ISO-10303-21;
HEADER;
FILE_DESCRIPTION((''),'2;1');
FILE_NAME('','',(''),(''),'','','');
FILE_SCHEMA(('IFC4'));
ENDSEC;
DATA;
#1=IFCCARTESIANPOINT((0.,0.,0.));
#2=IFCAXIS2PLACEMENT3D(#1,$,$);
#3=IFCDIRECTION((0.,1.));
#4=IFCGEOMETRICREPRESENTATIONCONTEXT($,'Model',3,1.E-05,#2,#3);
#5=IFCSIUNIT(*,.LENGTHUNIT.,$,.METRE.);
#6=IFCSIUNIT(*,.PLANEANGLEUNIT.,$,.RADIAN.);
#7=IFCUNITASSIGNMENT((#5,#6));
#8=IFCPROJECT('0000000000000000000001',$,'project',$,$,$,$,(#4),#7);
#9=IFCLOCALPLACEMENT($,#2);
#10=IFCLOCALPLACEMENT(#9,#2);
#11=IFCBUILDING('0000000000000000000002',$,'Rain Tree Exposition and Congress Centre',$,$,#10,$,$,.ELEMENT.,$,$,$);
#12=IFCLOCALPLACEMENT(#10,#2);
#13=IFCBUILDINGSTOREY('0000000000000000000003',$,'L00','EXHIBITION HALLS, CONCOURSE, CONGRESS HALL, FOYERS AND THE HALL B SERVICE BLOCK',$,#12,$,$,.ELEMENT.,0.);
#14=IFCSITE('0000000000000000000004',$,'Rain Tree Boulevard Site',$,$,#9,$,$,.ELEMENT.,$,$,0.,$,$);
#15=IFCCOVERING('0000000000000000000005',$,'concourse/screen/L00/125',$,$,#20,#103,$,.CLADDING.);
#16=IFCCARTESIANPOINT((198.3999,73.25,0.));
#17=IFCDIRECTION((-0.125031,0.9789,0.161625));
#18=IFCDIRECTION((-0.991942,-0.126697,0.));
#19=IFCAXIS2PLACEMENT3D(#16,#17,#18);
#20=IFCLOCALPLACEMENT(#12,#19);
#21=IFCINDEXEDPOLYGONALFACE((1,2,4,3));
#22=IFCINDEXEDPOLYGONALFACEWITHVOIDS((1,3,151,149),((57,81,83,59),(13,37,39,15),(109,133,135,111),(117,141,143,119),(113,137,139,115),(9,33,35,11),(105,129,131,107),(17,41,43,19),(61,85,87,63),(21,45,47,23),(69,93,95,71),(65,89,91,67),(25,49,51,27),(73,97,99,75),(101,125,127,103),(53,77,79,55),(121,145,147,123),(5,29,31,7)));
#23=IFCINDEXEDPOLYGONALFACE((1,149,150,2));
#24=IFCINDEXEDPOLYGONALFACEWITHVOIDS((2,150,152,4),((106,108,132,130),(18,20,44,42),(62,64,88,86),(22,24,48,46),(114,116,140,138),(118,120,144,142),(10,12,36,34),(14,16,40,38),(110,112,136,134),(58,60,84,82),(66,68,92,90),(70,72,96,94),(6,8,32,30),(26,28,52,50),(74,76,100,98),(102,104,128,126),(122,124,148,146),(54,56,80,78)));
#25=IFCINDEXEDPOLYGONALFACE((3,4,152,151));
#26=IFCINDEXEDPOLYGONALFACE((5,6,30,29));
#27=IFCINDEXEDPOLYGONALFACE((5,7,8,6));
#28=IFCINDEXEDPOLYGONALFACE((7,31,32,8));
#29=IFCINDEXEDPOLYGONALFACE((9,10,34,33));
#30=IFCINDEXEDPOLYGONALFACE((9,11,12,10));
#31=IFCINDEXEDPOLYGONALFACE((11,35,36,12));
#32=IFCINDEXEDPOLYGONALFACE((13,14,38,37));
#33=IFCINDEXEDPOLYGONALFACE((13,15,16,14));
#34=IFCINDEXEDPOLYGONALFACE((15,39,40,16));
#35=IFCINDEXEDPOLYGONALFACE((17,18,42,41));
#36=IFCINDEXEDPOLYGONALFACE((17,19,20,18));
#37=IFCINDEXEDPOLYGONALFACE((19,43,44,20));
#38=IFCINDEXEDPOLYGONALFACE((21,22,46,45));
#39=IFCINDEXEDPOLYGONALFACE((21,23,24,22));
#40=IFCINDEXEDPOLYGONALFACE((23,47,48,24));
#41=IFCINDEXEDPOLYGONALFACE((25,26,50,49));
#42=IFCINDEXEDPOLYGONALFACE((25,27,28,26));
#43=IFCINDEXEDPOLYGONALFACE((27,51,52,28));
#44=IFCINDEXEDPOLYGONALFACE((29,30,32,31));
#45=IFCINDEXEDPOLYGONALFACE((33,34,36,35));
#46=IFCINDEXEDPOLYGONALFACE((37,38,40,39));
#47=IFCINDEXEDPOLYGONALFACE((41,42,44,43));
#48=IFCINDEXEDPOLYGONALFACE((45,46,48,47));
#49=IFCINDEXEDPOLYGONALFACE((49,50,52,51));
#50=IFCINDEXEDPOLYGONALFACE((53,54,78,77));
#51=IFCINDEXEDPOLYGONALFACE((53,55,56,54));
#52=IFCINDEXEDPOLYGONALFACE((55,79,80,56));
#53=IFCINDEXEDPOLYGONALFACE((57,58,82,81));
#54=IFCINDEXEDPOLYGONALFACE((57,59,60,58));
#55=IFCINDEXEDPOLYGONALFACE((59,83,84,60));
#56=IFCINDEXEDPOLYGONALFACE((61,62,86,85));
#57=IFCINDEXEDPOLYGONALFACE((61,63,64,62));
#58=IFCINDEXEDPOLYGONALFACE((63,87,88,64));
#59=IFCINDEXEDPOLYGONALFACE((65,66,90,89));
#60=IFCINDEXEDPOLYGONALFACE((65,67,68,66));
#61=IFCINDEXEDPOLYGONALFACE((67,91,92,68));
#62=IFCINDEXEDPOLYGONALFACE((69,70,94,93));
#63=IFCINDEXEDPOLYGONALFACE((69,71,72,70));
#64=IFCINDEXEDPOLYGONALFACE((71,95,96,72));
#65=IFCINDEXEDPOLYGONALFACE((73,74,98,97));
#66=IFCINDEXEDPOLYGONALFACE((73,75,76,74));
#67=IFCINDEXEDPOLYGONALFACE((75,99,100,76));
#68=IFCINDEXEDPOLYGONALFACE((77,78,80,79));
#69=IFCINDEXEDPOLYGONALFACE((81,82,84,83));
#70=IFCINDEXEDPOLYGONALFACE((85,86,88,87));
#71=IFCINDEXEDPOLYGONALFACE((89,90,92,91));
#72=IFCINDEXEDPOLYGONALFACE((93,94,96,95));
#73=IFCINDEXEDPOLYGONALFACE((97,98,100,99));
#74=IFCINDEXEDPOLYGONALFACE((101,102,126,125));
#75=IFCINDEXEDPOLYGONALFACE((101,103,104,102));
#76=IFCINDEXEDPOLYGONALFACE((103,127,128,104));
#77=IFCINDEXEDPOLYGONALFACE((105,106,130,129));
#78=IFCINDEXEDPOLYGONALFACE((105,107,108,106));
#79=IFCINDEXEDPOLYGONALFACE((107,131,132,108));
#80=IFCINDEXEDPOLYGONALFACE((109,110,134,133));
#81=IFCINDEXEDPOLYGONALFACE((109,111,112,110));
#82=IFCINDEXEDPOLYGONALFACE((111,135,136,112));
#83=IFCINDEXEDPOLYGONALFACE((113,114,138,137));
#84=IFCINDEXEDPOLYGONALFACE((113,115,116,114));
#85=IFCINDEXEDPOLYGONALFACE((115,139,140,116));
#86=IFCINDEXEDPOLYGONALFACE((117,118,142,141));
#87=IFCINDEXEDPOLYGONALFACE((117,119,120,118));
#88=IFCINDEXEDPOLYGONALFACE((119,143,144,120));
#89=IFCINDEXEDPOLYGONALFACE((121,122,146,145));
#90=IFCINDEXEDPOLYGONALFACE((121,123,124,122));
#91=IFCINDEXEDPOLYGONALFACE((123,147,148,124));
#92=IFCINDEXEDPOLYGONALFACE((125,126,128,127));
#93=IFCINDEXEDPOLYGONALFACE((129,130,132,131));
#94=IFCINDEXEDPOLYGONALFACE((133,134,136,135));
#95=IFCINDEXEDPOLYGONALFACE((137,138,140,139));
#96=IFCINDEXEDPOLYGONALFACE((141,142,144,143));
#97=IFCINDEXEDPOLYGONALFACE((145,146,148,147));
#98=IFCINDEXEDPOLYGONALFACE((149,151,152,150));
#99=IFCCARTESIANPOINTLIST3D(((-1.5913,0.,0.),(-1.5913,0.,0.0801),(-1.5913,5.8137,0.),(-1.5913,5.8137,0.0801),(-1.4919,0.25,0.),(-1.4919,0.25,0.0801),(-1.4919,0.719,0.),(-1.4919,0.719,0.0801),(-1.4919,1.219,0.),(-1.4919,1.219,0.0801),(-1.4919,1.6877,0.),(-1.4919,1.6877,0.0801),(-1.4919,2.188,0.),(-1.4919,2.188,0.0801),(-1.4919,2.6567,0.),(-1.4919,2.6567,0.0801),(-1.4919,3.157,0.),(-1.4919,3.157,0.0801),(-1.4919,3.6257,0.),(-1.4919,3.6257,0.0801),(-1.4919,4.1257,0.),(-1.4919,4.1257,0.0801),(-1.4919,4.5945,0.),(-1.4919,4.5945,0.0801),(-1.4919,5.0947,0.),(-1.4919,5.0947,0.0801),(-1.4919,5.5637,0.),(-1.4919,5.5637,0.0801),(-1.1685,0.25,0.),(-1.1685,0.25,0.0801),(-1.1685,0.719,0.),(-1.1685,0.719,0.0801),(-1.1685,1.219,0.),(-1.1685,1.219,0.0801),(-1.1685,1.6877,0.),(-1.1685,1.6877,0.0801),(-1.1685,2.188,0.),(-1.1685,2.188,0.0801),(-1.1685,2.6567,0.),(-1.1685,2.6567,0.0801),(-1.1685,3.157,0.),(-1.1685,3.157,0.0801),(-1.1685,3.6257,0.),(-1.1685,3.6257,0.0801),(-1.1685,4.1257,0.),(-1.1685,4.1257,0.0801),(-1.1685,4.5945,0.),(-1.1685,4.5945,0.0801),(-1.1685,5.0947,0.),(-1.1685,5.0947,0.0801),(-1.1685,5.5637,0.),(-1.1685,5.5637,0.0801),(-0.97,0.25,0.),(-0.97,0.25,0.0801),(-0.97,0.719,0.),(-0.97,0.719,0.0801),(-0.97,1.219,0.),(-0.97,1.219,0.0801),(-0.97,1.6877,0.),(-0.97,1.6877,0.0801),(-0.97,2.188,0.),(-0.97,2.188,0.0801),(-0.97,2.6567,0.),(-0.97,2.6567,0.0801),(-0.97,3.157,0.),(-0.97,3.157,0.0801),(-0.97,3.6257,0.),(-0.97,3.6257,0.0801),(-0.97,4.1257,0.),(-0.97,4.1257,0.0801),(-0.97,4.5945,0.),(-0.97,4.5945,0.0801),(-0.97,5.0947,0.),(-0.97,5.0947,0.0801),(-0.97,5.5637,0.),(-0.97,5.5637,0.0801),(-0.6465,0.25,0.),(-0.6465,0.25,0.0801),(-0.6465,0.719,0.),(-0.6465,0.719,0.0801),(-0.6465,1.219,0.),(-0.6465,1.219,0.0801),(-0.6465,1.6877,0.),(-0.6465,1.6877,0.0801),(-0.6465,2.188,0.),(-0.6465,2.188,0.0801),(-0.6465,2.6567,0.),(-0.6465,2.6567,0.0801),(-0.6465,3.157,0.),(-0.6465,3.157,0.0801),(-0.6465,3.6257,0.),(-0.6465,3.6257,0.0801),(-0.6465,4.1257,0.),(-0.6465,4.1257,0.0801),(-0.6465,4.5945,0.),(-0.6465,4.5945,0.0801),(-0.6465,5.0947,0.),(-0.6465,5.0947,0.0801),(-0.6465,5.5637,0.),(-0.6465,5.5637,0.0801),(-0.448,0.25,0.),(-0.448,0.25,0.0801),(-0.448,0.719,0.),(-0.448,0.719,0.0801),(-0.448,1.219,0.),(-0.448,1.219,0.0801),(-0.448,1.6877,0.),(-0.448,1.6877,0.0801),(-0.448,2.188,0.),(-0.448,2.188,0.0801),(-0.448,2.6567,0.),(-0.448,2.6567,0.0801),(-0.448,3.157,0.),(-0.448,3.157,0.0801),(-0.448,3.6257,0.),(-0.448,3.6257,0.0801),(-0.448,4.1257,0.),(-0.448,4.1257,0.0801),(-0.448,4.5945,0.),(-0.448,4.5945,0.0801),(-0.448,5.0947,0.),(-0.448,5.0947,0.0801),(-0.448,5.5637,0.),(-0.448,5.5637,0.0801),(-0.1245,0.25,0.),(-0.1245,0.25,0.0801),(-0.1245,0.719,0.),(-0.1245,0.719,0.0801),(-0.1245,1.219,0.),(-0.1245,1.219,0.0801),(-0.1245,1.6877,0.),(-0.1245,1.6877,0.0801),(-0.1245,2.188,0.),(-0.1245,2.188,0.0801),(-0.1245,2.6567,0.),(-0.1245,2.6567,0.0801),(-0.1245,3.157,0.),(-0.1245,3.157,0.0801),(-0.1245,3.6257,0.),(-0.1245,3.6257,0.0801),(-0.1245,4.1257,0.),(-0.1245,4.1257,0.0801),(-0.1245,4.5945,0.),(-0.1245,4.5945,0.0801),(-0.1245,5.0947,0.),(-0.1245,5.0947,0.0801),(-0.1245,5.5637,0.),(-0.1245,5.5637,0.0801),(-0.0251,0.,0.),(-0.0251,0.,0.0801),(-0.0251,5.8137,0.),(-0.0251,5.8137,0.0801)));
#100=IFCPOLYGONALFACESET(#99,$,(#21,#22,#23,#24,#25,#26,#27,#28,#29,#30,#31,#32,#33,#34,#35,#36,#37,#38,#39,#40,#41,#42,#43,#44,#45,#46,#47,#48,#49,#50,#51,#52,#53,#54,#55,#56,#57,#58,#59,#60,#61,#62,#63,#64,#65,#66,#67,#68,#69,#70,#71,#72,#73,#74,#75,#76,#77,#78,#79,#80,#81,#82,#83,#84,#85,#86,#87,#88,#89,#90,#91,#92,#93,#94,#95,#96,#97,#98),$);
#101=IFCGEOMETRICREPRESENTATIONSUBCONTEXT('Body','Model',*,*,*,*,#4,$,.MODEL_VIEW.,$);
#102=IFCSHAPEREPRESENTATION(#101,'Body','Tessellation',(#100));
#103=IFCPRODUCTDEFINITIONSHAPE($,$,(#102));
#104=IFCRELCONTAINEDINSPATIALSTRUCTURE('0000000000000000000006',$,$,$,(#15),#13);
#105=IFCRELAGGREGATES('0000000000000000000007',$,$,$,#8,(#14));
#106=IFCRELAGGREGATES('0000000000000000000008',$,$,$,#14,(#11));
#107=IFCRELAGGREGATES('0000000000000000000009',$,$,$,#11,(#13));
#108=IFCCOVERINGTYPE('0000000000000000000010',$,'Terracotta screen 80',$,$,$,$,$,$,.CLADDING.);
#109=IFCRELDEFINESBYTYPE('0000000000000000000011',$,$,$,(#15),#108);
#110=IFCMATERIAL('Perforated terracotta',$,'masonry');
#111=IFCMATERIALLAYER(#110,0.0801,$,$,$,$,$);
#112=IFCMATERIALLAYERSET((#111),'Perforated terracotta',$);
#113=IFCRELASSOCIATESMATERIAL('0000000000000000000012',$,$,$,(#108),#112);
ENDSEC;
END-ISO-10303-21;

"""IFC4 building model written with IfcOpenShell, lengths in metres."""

from ifc_helpers import new_model, si_unit, direction, frame, origin, place, context, subcontext, project, spatial, polyline, outline, extrude, material, layer, layer_set, type_object, element, save


model = new_model("IFC4")

# Units and contexts
model_context = context("Model", 3, precision=1e-05, world=origin(), true_north=direction((0.0, 1.0)))
body_context = subcontext(model_context, "Body", "Model", "MODEL_VIEW")
ifc_project = project(units=[si_unit("LENGTHUNIT", "METRE"), si_unit("PLANEANGLEUNIT", "RADIAN")], contexts=[model_context])

# Site, building, storey
site_placement = place(None, origin())
site = spatial("IfcSite", under=ifc_project, at=site_placement, Name="Rain Tree Boulevard Site", CompositionType="ELEMENT", RefElevation=0.0)
building_placement = place(site_placement, origin())
building = spatial("IfcBuilding", under=site, at=building_placement, Name="Rain Tree Exposition and Congress Centre", CompositionType="ELEMENT")
storey_placement = place(building_placement, origin())
storey = spatial("IfcBuildingStorey", under=building, at=storey_placement, Name="L00", Description="EXHIBITION HALLS, CONCOURSE, CONGRESS HALL, FOYERS AND THE HALL B SERVICE BLOCK", CompositionType="ELEMENT", Elevation=0.0)

# Covering
ifc_material_1 = material(Name="Perforated terracotta", Category="masonry")
ifc_layer_1 = layer(ifc_material_1, 0.0801)
ifc_layer_set_1 = layer_set([ifc_layer_1], Name="Perforated terracotta")
covering_type = type_object("IfcCoveringType", Name="Terracotta screen 80", PredefinedType="CLADDING", material=ifc_layer_set_1)
covering_1_placement = place(storey_placement, frame((198.3999, 73.25, 0.0), z_axis=(-0.125031, 0.9789, 0.161625), x_axis=(-0.991942, -0.126697, 0.0)))
element("IfcCovering", 1, at=covering_1_placement, inside=storey, type_object=covering_type, Name="concourse/screen/L00/125", PredefinedType="CLADDING", context=body_context, shape_type="SweptSolid", body=[
    extrude(outline(polyline([(-0.0251, 0.0), (-1.5913, 0.0), (-1.5913, 5.8137), (-0.0251, 5.8137), (-0.0251, 0.0)]), holes=[polyline([(-0.1245, 0.25), (-0.1245, 0.719), (-0.448, 0.719), (-0.448, 0.25), (-0.1245, 0.25)]), polyline([(-0.1245, 1.219), (-0.1245, 1.6877), (-0.448, 1.6877), (-0.448, 1.219), (-0.1245, 1.219)]), polyline([(-0.1245, 2.188), (-0.1245, 2.6567), (-0.448, 2.6567), (-0.448, 2.188), (-0.1245, 2.188)]), polyline([(-0.1245, 3.157), (-0.1245, 3.6257), (-0.448, 3.6257), (-0.448, 3.157), (-0.1245, 3.157)]), polyline([(-0.1245, 4.1257), (-0.1245, 4.5945), (-0.448, 4.5945), (-0.448, 4.1257), (-0.1245, 4.1257)]), polyline([(-0.1245, 5.0947), (-0.1245, 5.5637), (-0.448, 5.5637), (-0.448, 5.0947), (-0.1245, 5.0947)]), polyline([(-0.6465, 0.25), (-0.6465, 0.719), (-0.97, 0.719), (-0.97, 0.25), (-0.6465, 0.25)]), polyline([(-0.6465, 1.219), (-0.6465, 1.6877), (-0.97, 1.6877), (-0.97, 1.219), (-0.6465, 1.219)]), polyline([(-0.6465, 2.188), (-0.6465, 2.6567), (-0.97, 2.6567), (-0.97, 2.188), (-0.6465, 2.188)]), polyline([(-0.6465, 3.157), (-0.6465, 3.6257), (-0.97, 3.6257), (-0.97, 3.157), (-0.6465, 3.157)]), polyline([(-0.6465, 4.1257), (-0.6465, 4.5945), (-0.97, 4.5945), (-0.97, 4.1257), (-0.6465, 4.1257)]), polyline([(-0.6465, 5.0947), (-0.6465, 5.5637), (-0.97, 5.5637), (-0.97, 5.0947), (-0.6465, 5.0947)]), polyline([(-1.1685, 0.25), (-1.1685, 0.719), (-1.4919, 0.719), (-1.4919, 0.25), (-1.1685, 0.25)]), polyline([(-1.1685, 1.219), (-1.1685, 1.6877), (-1.4919, 1.6877), (-1.4919, 1.219), (-1.1685, 1.219)]), polyline([(-1.1685, 2.188), (-1.1685, 2.6567), (-1.4919, 2.6567), (-1.4919, 2.188), (-1.1685, 2.188)]), polyline([(-1.1685, 3.157), (-1.1685, 3.6257), (-1.4919, 3.6257), (-1.4919, 3.157), (-1.1685, 3.157)]), polyline([(-1.1685, 4.1257), (-1.1685, 4.5945), (-1.4919, 4.5945), (-1.4919, 4.1257), (-1.1685, 4.1257)]), polyline([(-1.1685, 5.0947), (-1.1685, 5.5637), (-1.4919, 5.5637), (-1.4919, 5.0947), (-1.1685, 5.0947)])]), origin(), (0.0, 0.0, 1.0), 0.0801),
])

save(model, "model.ifc")
